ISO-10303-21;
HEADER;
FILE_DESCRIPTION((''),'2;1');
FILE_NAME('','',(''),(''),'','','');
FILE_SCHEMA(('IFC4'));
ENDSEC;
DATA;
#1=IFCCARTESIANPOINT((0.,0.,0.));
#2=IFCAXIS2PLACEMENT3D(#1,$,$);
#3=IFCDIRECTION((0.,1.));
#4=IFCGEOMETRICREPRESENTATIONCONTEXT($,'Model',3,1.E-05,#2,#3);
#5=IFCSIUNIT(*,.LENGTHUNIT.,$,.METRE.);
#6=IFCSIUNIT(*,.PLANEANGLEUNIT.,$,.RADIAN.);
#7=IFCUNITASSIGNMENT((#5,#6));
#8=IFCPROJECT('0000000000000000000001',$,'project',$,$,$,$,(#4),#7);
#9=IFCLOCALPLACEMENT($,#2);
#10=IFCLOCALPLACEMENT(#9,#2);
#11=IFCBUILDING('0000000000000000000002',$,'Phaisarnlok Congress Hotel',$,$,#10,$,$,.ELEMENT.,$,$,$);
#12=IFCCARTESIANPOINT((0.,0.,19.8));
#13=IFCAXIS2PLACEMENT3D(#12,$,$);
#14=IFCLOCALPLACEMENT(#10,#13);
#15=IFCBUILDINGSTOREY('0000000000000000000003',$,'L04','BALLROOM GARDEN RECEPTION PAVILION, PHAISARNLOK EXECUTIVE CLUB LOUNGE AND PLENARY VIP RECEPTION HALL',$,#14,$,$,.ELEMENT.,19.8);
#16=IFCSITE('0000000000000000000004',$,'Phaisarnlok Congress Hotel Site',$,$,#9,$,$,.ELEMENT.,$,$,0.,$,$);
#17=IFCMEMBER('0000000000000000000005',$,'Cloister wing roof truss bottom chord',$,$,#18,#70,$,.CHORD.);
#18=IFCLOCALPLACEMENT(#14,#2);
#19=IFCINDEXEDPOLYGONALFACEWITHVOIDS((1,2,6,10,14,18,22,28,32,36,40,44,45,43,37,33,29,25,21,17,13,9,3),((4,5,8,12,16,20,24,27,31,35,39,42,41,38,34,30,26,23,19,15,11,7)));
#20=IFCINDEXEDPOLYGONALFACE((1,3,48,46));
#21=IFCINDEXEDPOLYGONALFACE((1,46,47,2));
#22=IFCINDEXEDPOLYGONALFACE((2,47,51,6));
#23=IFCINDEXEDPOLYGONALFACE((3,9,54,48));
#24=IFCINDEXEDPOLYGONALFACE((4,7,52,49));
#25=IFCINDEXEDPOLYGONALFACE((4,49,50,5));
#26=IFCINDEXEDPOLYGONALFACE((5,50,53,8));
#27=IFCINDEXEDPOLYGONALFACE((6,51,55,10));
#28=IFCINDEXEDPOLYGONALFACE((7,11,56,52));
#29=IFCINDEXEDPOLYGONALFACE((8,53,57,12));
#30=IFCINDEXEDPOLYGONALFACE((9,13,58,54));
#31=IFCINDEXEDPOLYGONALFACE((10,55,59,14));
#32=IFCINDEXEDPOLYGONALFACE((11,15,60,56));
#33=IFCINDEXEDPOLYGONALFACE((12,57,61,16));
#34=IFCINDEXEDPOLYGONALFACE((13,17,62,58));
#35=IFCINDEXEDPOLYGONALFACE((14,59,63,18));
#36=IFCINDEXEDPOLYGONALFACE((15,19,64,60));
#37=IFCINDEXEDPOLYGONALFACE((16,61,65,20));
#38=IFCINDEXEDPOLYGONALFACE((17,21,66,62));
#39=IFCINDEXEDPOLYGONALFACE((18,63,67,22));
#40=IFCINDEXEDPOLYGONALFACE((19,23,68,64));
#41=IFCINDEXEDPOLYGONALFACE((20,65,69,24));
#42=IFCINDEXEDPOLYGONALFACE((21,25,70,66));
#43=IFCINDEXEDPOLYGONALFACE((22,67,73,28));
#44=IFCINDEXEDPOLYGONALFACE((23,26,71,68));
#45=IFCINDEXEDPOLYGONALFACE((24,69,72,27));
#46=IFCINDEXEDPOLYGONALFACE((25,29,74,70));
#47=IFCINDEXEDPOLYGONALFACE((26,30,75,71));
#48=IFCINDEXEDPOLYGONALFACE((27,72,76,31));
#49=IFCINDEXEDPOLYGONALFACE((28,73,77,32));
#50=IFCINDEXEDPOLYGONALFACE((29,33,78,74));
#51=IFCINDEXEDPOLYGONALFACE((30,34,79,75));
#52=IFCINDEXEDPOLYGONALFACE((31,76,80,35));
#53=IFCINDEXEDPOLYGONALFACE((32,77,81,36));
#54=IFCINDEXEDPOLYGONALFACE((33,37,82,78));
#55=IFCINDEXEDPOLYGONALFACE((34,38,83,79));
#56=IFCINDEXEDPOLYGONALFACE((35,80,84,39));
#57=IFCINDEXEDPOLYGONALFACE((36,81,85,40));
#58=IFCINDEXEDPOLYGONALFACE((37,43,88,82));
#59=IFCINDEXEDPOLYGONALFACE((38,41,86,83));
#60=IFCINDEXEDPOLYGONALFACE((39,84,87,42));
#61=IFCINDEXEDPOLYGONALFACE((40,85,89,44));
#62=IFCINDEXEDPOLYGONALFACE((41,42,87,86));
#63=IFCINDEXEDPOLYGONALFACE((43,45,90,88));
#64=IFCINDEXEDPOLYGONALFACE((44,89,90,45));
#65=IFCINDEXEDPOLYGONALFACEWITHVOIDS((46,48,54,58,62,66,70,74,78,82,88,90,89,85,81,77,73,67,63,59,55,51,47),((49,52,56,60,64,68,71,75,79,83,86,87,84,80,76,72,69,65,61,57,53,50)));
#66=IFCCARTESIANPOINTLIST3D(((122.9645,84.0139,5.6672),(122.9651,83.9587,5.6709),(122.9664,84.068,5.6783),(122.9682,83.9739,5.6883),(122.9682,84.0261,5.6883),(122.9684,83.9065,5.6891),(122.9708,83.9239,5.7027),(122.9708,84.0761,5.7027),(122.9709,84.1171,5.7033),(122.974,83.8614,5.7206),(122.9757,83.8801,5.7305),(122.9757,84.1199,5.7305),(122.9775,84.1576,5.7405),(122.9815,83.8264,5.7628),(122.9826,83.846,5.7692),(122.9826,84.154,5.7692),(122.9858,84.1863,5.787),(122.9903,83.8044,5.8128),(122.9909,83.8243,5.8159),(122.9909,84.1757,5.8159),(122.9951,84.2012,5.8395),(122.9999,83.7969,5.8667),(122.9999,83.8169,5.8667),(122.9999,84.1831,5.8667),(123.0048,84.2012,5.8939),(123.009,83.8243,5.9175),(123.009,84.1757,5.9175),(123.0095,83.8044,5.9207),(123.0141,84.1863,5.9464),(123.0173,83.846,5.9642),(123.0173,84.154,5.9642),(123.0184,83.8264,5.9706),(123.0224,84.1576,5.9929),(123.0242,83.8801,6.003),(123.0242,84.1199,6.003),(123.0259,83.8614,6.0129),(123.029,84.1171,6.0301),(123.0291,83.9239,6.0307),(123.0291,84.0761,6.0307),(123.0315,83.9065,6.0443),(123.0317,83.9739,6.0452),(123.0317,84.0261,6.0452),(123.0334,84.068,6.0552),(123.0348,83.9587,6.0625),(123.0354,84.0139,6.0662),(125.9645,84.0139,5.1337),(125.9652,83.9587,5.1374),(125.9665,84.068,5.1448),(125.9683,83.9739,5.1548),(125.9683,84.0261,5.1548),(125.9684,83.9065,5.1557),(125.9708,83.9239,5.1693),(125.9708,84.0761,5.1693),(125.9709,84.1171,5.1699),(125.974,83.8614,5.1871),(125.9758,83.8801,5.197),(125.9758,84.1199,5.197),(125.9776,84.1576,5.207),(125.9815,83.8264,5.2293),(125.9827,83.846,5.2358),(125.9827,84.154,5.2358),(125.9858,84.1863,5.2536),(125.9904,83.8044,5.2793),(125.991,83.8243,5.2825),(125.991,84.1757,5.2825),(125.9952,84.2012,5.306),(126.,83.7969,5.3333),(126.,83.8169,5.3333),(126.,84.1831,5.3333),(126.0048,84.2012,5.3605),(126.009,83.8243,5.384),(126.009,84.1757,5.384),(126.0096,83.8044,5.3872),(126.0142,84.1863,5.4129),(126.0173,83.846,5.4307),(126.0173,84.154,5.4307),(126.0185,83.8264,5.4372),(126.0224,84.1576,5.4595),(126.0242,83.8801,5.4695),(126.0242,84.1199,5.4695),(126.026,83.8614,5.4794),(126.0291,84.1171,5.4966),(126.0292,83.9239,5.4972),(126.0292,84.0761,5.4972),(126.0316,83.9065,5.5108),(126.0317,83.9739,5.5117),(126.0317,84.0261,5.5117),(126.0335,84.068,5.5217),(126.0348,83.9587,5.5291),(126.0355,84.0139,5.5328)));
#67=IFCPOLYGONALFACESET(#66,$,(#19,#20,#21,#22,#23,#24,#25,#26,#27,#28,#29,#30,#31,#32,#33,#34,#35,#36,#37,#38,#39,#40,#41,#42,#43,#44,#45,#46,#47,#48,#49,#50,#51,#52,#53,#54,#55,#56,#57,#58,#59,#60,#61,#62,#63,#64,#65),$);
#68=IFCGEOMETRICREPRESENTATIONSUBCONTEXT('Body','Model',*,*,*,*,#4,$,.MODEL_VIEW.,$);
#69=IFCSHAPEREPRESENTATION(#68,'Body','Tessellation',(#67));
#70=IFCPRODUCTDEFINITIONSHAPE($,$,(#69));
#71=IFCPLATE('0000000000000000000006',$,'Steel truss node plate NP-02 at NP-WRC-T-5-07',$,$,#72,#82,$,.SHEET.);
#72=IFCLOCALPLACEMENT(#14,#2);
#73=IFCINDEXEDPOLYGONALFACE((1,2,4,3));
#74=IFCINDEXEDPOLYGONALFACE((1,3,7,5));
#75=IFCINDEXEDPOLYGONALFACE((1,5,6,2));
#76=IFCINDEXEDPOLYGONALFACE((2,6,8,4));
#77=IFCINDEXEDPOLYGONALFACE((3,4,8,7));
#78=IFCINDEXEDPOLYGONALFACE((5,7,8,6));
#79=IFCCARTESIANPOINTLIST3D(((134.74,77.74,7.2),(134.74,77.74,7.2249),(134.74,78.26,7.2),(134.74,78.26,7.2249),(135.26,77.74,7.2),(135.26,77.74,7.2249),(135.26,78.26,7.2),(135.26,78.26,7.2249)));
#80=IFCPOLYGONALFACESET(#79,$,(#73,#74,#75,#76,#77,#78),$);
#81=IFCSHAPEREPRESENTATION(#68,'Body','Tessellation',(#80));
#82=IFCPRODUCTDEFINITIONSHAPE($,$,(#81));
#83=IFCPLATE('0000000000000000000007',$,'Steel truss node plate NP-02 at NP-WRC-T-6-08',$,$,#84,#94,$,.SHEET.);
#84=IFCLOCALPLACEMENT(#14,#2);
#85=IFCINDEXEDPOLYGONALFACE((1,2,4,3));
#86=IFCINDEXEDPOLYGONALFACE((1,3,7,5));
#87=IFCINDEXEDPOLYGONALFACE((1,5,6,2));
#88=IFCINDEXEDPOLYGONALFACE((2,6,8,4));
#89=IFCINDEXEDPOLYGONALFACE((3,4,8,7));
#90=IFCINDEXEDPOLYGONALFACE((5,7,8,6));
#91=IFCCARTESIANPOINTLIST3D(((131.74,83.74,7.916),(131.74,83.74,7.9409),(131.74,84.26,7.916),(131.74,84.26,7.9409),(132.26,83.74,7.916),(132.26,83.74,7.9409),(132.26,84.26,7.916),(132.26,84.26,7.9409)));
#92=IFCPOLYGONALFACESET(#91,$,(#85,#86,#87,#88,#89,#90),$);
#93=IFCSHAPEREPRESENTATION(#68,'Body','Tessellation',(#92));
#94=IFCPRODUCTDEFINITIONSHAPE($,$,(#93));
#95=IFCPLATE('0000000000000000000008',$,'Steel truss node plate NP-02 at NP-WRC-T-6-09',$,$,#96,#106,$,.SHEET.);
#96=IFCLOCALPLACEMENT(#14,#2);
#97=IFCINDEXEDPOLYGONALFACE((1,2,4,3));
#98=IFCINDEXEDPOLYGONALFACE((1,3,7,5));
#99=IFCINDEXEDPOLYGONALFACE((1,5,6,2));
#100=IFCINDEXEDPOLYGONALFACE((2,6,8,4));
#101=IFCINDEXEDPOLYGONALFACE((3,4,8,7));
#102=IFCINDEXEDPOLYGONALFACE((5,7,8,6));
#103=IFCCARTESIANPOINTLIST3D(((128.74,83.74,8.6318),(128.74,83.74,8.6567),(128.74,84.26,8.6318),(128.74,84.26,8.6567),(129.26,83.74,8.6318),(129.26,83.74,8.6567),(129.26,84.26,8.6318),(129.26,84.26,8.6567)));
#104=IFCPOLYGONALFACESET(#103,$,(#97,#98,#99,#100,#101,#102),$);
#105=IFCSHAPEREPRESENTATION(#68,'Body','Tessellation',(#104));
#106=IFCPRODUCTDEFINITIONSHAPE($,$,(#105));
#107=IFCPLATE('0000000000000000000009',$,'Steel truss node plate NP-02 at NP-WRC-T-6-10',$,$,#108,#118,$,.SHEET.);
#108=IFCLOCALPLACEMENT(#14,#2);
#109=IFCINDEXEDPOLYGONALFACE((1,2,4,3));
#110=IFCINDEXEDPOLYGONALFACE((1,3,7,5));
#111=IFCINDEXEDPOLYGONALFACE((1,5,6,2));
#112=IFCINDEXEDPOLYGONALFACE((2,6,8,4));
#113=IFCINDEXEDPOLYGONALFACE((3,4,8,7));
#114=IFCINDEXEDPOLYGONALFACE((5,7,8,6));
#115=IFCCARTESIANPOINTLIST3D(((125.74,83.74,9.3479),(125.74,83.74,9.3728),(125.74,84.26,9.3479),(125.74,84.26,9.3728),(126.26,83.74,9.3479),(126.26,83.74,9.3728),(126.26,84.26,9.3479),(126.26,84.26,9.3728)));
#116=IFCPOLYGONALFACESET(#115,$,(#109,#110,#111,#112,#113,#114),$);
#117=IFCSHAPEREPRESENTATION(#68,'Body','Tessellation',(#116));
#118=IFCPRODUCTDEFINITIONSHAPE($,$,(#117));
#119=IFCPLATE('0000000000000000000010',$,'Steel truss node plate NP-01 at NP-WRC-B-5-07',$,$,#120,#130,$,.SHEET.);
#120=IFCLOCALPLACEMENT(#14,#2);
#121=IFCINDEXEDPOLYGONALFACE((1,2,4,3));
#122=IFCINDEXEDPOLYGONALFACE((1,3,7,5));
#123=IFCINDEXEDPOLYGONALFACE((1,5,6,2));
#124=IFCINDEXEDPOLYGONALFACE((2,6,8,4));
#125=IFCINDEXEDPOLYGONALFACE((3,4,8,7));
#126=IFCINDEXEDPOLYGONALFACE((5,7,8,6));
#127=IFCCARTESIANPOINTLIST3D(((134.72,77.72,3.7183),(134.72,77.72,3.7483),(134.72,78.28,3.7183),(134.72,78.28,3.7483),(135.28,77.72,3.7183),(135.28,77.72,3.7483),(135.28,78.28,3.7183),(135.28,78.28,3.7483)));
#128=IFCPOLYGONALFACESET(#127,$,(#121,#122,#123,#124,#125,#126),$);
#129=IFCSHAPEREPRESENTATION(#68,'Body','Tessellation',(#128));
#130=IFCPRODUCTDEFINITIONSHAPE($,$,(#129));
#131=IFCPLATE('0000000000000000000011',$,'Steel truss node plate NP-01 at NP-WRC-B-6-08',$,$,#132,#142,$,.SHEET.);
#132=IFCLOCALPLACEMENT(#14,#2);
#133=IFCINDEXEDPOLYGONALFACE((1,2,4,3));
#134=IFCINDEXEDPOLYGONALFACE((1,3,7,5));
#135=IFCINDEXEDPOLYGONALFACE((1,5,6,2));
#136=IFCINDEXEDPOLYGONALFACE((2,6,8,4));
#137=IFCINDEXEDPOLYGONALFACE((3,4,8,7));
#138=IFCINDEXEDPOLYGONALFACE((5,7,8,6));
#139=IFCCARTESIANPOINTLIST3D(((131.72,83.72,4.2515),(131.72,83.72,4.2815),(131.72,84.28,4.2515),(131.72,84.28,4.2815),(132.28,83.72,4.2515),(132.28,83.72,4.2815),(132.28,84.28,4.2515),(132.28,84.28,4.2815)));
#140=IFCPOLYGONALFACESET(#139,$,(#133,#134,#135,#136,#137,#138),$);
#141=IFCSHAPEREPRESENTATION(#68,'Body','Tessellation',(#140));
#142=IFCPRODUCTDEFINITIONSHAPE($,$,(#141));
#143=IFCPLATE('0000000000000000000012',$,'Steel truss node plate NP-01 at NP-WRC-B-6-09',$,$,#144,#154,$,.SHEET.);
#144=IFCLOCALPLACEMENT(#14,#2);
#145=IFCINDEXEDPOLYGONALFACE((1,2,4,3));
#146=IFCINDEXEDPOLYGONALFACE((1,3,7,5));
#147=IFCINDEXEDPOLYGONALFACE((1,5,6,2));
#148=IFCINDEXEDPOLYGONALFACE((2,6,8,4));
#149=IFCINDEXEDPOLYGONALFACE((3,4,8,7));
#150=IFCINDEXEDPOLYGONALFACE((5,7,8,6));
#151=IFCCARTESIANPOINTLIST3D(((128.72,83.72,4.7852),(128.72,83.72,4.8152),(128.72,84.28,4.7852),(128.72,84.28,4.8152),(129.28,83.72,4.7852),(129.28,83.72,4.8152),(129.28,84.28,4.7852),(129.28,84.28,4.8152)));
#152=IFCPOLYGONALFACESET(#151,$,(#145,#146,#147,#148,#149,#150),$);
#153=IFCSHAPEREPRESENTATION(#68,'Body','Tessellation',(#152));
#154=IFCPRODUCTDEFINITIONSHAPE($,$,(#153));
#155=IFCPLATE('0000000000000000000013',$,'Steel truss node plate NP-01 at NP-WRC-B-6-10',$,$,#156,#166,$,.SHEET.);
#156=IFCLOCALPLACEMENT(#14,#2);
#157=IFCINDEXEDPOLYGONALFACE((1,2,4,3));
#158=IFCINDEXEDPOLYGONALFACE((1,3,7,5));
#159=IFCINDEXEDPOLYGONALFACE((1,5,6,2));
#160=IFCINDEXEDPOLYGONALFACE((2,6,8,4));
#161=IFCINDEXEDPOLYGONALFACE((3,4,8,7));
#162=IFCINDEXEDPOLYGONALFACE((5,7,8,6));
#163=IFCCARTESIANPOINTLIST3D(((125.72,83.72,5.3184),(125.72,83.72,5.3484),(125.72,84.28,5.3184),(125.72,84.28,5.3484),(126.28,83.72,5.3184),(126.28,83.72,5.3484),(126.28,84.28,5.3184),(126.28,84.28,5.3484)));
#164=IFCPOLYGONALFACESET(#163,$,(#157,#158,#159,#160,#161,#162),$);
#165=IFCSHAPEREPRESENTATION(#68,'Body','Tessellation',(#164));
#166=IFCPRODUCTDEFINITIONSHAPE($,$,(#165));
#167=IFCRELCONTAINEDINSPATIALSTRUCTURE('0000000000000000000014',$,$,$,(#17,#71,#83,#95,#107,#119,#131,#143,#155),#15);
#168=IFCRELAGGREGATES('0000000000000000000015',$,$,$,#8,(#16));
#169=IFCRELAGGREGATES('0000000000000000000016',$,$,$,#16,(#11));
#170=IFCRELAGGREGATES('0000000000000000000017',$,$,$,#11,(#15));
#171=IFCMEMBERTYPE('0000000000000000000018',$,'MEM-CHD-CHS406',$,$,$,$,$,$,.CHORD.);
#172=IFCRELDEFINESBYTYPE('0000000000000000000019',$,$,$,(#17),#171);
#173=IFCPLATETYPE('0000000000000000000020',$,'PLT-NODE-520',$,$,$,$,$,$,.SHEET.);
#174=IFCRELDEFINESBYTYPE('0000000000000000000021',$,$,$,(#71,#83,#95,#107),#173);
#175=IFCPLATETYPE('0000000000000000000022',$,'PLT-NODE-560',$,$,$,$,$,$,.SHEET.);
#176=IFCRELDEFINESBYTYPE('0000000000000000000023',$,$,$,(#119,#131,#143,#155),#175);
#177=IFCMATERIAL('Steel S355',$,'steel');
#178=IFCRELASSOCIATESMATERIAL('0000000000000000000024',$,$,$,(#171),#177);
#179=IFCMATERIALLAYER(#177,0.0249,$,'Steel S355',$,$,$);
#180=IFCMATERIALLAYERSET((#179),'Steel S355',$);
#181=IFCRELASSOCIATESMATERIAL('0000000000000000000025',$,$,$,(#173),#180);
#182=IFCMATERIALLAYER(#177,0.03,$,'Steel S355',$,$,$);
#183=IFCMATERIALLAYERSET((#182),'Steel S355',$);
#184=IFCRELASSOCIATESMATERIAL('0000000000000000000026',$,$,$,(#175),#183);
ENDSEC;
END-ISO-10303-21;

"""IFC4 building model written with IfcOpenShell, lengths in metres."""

from ifc_helpers import new_model, si_unit, direction, frame, origin, origin_2d, place, context, subcontext, project, spatial, rectangle, hollow_circle, extrude, material, layer, layer_set, material_profile, profile_set, type_object, element, save


model = new_model("IFC4")

# Units and contexts
model_context = context("Model", 3, precision=1e-05, world=origin(), true_north=direction((0.0, 1.0)))
body_context = subcontext(model_context, "Body", "Model", "MODEL_VIEW")
ifc_project = project(units=[si_unit("LENGTHUNIT", "METRE"), si_unit("PLANEANGLEUNIT", "RADIAN")], contexts=[model_context])

# Site, building, storey
site_placement = place(None, origin())
site = spatial("IfcSite", under=ifc_project, at=site_placement, Name="Phaisarnlok Congress Hotel Site", CompositionType="ELEMENT", RefElevation=0.0)
building_placement = place(site_placement, origin())
building = spatial("IfcBuilding", under=site, at=building_placement, Name="Phaisarnlok Congress Hotel", CompositionType="ELEMENT")
storey_placement = place(building_placement, frame((0.0, 0.0, 19.8)))
storey = spatial("IfcBuildingStorey", under=building, at=storey_placement, Name="L04", Description="BALLROOM GARDEN RECEPTION PAVILION, PHAISARNLOK EXECUTIVE CLUB LOUNGE AND PLENARY VIP RECEPTION HALL", CompositionType="ELEMENT", Elevation=19.8)

# Shared definitions
ifc_material_1 = material(Name="Steel S355", Category="steel")

# Member
ifc_material_profile_1 = material_profile(ifc_material_1, hollow_circle(Radius=0.2031, WallThickness=0.02, at=origin_2d()), Name="CHS 406.4x20")
ifc_profile_set_1 = profile_set([ifc_material_profile_1], Name="Steel S355")
member_type_1 = type_object("IfcMemberType", Name="MEM-CHD-CHS406", PredefinedType="CHORD", material=ifc_profile_set_1)
for number, where, z_axis, x_axis, name in (
    (1, (126.0, 84.0, 5.3333), (-0.984556, 0.0, 0.17507), (0.0, -1.0, 0.0), "Cloister wing roof truss bottom chord"),
):
    element("IfcMember", number, at=place(storey_placement, frame(where, z_axis=z_axis, x_axis=x_axis)), inside=storey, type_object=member_type_1, Name=name, PredefinedType="CHORD", context=body_context, shape_type="SweptSolid", body=[
        extrude(hollow_circle(Radius=0.2031, WallThickness=0.02, at=origin_2d()), origin(), (0.0, 0.0, 1.0), 3.0471),
    ])

# Plates
ifc_layer_1 = layer(ifc_material_1, 0.0249, Name="Steel S355")
ifc_layer_set_1 = layer_set([ifc_layer_1], Name="Steel S355")
plate_type_1 = type_object("IfcPlateType", Name="PLT-NODE-520", PredefinedType="SHEET", material=ifc_layer_set_1)
for number, where, z_axis, x_axis, name in (
    (2, (135.0, 78.0, 7.2), (0.0, 0.0, 1.0), (1.0, 0.0, 0.0), "Steel truss node plate NP-02 at NP-WRC-T-5-07"),
    (3, (132.0, 84.0, 7.916), (0.0, 0.0, 1.0), (1.0, 0.0, 0.0), "Steel truss node plate NP-02 at NP-WRC-T-6-08"),
    (4, (129.0, 84.0, 8.6318), (0.0, 0.0, 1.0), (1.0, 0.0, 0.0), "Steel truss node plate NP-02 at NP-WRC-T-6-09"),
    (5, (126.0, 84.0, 9.3479), (0.0, 0.0, 1.0), (1.0, 0.0, 0.0), "Steel truss node plate NP-02 at NP-WRC-T-6-10"),
):
    element("IfcPlate", number, at=place(storey_placement, frame(where, z_axis=z_axis, x_axis=x_axis)), inside=storey, type_object=plate_type_1, Name=name, PredefinedType="SHEET", context=body_context, shape_type="SweptSolid", body=[
        extrude(rectangle(XDim=0.52, YDim=0.52, at=origin_2d()), origin(), (0.0, 0.0, 1.0), 0.0249),
    ])
ifc_layer_2 = layer(ifc_material_1, 0.03, Name="Steel S355")
ifc_layer_set_2 = layer_set([ifc_layer_2], Name="Steel S355")
plate_type_2 = type_object("IfcPlateType", Name="PLT-NODE-560", PredefinedType="SHEET", material=ifc_layer_set_2)
for number, where, z_axis, x_axis, name in (
    (6, (135.0, 78.0, 3.7183), (0.0, 0.0, 1.0), (1.0, 0.0, 0.0), "Steel truss node plate NP-01 at NP-WRC-B-5-07"),
    (7, (132.0, 84.0, 4.2515), (0.0, 0.0, 1.0), (1.0, 0.0, 0.0), "Steel truss node plate NP-01 at NP-WRC-B-6-08"),
    (8, (129.0, 84.0, 4.7852), (0.0, 0.0, 1.0), (1.0, 0.0, 0.0), "Steel truss node plate NP-01 at NP-WRC-B-6-09"),
    (9, (126.0, 84.0, 5.3184), (0.0, 0.0, 1.0), (1.0, 0.0, 0.0), "Steel truss node plate NP-01 at NP-WRC-B-6-10"),
):
    element("IfcPlate", number, at=place(storey_placement, frame(where, z_axis=z_axis, x_axis=x_axis)), inside=storey, type_object=plate_type_2, Name=name, PredefinedType="SHEET", context=body_context, shape_type="SweptSolid", body=[
        extrude(rectangle(XDim=0.5601, YDim=0.5601, at=origin_2d()), origin(), (0.0, 0.0, 1.0), 0.03),
    ])

save(model, "model.ifc")
